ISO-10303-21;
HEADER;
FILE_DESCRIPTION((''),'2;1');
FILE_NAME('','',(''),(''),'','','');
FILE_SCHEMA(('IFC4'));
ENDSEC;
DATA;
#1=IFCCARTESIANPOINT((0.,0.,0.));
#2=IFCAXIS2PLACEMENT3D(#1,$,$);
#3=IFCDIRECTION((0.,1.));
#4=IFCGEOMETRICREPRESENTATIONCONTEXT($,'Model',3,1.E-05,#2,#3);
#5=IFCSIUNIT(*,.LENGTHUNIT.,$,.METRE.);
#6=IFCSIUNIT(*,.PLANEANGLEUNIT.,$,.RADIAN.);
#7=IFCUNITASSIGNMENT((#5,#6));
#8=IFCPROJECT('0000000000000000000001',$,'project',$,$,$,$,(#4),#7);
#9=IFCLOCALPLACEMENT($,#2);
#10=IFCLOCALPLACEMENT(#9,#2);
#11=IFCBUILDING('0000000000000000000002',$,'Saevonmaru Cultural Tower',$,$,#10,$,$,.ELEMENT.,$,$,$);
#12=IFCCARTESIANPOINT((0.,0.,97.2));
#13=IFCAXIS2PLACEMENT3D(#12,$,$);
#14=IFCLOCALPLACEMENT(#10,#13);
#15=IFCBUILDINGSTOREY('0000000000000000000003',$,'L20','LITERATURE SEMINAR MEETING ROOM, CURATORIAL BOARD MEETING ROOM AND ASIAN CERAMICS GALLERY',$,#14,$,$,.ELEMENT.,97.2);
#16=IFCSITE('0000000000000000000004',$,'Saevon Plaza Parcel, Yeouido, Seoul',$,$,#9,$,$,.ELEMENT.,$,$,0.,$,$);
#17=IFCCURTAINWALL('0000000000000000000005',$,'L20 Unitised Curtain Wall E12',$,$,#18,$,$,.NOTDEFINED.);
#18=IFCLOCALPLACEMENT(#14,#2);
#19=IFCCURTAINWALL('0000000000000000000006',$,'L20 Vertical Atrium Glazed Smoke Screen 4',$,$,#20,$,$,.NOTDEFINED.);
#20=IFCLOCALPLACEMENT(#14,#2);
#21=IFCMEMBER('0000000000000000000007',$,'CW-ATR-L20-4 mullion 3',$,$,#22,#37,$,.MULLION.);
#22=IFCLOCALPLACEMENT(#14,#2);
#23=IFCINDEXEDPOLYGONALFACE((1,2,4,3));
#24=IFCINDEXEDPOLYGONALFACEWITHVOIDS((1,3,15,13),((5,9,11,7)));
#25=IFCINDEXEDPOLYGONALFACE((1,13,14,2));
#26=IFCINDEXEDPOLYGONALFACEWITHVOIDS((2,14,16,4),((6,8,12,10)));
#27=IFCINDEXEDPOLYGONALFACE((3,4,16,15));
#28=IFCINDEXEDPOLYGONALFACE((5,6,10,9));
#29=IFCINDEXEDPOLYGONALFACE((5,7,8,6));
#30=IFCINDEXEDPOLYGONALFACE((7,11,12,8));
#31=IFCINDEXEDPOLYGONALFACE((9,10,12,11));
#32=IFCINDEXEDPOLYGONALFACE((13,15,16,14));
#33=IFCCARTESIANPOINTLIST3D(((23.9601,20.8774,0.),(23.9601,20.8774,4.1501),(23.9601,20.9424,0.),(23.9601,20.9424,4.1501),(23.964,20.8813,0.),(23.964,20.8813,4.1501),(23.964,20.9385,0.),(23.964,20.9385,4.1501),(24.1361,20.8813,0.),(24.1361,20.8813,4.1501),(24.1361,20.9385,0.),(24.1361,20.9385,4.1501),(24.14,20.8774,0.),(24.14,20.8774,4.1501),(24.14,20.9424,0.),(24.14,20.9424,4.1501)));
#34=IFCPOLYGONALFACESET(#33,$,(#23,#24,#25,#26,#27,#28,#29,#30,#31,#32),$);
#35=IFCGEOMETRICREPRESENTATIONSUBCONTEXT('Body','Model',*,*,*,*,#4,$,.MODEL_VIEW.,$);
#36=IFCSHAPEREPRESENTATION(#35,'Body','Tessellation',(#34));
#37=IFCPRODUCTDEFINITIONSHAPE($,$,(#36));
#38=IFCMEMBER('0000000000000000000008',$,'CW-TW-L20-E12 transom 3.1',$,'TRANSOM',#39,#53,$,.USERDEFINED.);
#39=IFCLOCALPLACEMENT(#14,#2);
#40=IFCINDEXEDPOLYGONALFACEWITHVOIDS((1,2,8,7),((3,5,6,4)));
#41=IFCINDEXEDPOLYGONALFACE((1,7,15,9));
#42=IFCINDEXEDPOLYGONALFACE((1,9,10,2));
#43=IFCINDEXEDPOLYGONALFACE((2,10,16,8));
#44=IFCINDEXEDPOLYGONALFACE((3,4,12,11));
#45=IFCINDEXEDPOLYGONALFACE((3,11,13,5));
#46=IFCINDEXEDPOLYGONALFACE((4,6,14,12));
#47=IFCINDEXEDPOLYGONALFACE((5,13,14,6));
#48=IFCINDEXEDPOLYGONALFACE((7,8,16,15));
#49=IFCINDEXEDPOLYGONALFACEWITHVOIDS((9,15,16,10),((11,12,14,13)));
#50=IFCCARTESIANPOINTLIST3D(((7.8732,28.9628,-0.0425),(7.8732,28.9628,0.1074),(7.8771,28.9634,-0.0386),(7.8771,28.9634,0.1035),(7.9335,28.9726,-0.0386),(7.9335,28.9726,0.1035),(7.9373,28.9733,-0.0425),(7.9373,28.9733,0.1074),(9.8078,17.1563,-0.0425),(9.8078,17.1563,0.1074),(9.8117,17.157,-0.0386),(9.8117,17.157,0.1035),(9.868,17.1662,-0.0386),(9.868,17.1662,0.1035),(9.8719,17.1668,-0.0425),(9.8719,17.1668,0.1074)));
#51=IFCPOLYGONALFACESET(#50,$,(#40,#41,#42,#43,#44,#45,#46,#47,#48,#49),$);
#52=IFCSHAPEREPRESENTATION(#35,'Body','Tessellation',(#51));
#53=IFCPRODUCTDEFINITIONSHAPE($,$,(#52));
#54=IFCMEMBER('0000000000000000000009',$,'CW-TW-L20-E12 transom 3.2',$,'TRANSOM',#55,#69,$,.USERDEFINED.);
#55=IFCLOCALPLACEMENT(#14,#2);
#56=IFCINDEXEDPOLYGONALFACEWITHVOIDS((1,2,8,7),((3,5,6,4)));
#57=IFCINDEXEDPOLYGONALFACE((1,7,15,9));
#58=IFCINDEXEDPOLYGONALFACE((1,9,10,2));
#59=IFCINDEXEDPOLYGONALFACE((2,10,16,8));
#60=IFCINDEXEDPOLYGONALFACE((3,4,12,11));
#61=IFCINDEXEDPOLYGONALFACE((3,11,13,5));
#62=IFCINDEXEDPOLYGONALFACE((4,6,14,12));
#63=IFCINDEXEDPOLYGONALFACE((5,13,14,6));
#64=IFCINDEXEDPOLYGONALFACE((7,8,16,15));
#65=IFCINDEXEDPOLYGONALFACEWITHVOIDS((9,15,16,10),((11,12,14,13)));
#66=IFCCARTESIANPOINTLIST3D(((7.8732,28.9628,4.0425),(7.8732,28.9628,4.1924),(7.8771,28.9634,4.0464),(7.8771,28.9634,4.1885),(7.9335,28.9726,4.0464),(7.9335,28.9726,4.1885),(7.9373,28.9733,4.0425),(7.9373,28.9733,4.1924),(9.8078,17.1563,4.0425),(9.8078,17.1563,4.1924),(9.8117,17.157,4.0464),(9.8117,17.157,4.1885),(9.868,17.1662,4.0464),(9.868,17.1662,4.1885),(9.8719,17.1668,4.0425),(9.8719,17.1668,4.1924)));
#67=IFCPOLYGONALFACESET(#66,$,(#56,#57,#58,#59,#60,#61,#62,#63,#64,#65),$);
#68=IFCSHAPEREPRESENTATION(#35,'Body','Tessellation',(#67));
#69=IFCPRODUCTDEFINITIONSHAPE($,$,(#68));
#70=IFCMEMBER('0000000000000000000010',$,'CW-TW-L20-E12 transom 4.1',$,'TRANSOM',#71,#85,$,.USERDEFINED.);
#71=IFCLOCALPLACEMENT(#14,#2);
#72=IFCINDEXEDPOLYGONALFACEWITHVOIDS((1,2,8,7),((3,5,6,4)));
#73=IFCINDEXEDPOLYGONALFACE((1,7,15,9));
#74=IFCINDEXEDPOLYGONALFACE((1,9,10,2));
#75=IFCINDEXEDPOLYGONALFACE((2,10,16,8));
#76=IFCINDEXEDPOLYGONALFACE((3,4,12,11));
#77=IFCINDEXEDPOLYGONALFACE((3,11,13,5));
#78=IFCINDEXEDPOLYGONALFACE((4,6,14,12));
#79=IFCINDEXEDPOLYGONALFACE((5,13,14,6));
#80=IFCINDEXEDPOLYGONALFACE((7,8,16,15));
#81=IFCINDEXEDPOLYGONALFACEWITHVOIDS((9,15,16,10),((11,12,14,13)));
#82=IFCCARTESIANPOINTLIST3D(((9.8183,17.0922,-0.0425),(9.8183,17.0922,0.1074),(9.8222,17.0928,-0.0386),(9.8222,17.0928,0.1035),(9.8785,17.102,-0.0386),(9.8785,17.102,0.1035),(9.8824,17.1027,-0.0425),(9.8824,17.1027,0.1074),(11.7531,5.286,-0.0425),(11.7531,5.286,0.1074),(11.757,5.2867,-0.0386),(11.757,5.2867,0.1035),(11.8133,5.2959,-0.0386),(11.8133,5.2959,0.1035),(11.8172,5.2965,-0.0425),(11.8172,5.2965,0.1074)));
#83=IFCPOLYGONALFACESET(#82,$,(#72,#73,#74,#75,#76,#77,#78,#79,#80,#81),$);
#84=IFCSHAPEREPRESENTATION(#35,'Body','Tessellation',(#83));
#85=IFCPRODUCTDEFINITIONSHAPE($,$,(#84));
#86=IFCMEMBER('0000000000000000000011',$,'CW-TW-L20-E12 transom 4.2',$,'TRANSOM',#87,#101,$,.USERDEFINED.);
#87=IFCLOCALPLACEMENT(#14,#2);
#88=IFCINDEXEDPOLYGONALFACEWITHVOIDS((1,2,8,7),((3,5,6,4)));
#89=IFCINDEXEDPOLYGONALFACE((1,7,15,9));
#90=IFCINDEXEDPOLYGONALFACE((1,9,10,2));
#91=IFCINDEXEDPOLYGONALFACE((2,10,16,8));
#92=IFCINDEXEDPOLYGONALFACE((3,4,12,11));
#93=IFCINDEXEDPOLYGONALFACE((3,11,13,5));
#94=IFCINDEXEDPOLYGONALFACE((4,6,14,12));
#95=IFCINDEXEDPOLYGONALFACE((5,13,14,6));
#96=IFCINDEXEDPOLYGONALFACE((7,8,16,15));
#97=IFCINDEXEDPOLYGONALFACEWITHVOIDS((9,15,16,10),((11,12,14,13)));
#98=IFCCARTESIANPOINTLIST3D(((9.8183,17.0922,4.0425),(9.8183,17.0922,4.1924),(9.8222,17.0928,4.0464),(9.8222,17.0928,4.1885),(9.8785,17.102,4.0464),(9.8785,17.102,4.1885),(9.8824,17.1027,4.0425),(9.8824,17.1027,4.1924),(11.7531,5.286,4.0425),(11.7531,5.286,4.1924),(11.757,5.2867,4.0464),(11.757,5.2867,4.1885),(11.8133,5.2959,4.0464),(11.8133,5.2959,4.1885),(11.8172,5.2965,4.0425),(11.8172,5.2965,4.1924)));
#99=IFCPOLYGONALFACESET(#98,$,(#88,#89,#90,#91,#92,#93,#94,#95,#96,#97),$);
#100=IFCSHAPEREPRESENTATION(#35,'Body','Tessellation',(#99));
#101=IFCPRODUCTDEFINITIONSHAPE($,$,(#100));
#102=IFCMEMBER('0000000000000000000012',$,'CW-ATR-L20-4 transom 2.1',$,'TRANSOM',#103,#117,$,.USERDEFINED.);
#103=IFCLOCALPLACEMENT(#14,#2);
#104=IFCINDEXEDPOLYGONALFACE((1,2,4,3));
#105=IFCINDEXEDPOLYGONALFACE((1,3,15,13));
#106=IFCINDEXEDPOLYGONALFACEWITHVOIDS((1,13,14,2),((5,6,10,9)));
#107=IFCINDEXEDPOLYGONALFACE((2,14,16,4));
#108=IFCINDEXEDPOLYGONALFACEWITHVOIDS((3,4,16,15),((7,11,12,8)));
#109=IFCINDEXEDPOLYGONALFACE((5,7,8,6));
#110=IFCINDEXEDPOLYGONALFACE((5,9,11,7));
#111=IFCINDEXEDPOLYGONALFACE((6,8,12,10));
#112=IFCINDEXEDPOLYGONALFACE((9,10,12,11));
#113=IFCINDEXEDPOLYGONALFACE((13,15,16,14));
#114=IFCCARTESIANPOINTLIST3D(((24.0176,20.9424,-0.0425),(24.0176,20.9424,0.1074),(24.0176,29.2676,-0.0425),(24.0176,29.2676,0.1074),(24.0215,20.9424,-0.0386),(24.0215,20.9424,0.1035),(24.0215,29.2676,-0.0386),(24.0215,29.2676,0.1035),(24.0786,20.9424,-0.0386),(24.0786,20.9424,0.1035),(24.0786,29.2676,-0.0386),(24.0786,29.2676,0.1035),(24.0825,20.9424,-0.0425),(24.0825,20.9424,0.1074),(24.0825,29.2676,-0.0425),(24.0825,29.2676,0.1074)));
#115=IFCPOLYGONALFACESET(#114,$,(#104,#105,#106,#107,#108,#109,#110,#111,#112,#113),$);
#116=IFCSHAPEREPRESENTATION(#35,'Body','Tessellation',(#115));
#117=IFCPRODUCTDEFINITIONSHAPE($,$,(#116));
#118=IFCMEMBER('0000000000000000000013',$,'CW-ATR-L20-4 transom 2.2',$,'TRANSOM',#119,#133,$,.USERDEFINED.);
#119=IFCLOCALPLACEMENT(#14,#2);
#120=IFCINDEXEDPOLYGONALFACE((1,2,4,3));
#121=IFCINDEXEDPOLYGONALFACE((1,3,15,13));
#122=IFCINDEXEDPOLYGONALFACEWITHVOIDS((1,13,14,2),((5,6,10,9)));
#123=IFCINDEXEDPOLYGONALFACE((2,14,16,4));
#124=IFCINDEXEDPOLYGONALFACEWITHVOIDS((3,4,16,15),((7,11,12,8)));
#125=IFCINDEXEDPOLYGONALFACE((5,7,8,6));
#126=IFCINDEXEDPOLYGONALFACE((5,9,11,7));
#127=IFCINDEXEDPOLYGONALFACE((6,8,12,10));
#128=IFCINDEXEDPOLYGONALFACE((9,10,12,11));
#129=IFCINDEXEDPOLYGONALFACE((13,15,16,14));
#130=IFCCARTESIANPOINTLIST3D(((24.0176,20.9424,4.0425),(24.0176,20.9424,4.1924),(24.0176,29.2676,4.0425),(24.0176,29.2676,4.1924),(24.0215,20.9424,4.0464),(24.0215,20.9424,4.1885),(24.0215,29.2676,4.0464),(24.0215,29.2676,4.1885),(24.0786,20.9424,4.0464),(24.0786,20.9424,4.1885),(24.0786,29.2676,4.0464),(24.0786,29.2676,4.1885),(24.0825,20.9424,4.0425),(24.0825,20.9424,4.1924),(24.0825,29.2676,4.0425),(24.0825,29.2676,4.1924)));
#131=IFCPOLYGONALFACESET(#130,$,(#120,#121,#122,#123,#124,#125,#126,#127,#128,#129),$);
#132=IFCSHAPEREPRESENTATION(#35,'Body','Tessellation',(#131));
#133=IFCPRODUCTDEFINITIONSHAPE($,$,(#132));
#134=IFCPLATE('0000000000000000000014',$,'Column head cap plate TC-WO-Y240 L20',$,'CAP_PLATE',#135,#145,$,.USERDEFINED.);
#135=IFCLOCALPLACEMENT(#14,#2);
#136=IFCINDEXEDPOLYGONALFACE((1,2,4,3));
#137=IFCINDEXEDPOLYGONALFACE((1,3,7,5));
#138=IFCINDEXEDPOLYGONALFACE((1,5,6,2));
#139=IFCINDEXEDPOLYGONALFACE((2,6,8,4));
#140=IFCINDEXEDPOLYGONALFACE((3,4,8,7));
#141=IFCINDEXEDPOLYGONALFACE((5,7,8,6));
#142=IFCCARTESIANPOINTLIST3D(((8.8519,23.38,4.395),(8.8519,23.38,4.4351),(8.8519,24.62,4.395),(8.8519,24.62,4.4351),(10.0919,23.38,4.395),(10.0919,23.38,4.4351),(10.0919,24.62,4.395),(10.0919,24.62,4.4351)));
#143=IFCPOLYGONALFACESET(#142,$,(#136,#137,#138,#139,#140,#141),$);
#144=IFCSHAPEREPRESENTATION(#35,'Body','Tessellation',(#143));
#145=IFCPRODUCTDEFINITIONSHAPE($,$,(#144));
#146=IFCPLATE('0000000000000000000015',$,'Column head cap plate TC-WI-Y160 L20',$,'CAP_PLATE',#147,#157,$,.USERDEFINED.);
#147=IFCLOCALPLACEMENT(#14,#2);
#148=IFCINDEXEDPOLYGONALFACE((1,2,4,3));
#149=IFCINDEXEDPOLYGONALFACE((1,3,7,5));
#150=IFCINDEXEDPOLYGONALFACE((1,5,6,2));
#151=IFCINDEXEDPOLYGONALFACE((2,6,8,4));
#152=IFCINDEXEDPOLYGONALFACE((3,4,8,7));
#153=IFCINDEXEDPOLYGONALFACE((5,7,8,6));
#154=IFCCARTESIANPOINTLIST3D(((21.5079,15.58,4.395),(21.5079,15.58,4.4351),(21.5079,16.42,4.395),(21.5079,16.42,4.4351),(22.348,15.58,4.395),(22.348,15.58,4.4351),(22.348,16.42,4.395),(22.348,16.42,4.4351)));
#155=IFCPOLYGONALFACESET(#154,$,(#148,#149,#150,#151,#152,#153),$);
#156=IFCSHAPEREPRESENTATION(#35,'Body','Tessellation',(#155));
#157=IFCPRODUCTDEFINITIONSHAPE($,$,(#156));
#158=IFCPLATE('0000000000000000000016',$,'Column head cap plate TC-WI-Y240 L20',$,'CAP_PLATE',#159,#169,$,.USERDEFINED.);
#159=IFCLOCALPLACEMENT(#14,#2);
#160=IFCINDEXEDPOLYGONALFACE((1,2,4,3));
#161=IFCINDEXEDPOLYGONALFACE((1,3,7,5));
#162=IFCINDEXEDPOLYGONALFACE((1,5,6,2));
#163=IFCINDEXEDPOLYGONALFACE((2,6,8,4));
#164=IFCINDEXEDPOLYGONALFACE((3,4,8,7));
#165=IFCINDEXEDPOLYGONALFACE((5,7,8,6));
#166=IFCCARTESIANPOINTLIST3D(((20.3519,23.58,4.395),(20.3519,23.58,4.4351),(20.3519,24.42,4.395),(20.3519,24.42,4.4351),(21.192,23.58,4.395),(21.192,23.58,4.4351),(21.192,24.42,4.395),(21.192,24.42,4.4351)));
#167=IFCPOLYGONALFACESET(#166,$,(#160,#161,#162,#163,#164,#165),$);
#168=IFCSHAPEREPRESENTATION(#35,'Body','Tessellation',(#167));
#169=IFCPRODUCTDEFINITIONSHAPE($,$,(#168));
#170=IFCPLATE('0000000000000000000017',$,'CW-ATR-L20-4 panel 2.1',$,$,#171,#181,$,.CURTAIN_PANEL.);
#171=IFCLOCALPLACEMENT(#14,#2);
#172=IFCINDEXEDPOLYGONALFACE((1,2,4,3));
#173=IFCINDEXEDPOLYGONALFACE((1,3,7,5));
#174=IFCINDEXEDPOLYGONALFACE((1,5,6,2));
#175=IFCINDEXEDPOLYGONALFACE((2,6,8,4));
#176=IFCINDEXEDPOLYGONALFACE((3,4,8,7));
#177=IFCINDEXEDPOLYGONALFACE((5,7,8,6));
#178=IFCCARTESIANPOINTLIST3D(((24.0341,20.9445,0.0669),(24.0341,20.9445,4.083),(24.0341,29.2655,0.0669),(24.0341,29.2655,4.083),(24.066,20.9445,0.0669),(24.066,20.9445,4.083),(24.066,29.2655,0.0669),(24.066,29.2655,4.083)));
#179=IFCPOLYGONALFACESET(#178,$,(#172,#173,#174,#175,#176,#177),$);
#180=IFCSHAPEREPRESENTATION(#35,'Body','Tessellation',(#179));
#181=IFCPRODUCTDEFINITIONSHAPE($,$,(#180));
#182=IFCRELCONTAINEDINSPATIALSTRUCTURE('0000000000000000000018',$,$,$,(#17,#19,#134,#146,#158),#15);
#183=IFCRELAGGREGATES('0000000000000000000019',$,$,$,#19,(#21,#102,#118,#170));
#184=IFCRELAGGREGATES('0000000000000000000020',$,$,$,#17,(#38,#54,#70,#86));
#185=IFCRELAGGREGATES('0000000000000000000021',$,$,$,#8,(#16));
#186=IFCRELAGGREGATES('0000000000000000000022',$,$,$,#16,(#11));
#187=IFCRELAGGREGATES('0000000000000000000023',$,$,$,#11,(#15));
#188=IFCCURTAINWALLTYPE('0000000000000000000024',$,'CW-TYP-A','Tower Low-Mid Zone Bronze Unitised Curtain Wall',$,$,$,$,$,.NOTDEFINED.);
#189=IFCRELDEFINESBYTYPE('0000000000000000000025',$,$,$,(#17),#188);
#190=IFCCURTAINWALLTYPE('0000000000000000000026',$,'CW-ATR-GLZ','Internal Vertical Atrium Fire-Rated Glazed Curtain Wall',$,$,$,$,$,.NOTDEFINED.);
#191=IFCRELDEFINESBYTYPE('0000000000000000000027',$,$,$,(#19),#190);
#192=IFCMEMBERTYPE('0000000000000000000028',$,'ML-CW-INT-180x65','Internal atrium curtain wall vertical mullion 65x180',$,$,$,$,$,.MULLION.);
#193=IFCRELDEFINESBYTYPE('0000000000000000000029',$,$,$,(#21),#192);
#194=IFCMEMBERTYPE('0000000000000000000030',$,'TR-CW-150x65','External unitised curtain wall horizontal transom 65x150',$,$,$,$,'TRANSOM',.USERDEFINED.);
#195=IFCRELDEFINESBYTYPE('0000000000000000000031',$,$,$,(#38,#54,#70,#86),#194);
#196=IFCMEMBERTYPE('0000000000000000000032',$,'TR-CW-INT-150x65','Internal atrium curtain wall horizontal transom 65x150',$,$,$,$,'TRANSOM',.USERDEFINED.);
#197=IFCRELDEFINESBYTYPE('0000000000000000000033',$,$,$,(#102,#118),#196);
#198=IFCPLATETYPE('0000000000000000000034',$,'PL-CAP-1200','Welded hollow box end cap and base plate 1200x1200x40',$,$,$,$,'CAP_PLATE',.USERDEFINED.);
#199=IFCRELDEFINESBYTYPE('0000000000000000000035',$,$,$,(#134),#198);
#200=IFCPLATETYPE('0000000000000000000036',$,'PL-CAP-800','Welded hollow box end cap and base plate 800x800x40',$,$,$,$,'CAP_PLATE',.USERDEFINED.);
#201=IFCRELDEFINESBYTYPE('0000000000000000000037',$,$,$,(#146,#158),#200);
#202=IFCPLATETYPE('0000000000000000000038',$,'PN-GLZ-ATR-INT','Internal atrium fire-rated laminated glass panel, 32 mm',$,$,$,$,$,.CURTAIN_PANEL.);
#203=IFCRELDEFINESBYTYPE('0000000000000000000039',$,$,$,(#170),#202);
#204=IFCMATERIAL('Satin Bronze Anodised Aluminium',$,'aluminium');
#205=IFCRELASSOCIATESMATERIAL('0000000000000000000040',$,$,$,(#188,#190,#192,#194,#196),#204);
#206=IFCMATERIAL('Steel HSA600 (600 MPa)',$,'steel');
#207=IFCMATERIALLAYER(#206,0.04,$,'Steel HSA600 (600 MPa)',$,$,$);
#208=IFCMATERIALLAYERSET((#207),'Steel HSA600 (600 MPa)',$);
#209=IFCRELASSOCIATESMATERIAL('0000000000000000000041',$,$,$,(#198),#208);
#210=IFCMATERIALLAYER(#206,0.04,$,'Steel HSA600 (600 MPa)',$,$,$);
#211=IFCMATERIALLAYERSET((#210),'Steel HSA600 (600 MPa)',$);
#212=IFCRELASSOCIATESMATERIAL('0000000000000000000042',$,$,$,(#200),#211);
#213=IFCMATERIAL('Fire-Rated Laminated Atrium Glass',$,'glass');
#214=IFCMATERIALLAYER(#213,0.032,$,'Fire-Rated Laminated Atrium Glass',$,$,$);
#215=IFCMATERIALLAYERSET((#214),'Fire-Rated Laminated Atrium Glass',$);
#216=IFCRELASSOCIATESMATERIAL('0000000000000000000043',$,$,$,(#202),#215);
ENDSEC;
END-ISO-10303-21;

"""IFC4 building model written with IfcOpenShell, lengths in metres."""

from ifc_helpers import new_model, si_unit, direction, frame, origin, origin_2d, place, context, subcontext, project, spatial, rectangle, hollow_rectangle, extrude, material, layer, layer_set, material_profile, profile_set, type_object, element, aggregate, save


model = new_model("IFC4")

# Units and contexts
model_context = context("Model", 3, precision=1e-05, world=origin(), true_north=direction((0.0, 1.0)))
body_context = subcontext(model_context, "Body", "Model", "MODEL_VIEW")
ifc_project = project(units=[si_unit("LENGTHUNIT", "METRE"), si_unit("PLANEANGLEUNIT", "RADIAN")], contexts=[model_context])

# Site, building, storey
site_placement = place(None, origin())
site = spatial("IfcSite", under=ifc_project, at=site_placement, Name="Saevon Plaza Parcel, Yeouido, Seoul", CompositionType="ELEMENT", RefElevation=0.0)
building_placement = place(site_placement, origin())
building = spatial("IfcBuilding", under=site, at=building_placement, Name="Saevonmaru Cultural Tower", CompositionType="ELEMENT")
storey_placement = place(building_placement, frame((0.0, 0.0, 97.2)))
storey = spatial("IfcBuildingStorey", under=building, at=storey_placement, Name="L20", Description="LITERATURE SEMINAR MEETING ROOM, CURATORIAL BOARD MEETING ROOM AND ASIAN CERAMICS GALLERY", CompositionType="ELEMENT", Elevation=97.2)

# Shared definitions
ifc_material_1 = material(Name="Steel HSA600 (600 MPa)", Category="steel")

# Curtain wall
ifc_material_2 = material(Name="Satin Bronze Anodised Aluminium", Category="aluminium")
curtain_wall_type_1 = type_object("IfcCurtainWallType", Name="CW-TYP-A", Description="Tower Low-Mid Zone Bronze Unitised Curtain Wall", PredefinedType="NOTDEFINED", material=ifc_material_2)
curtain_wall_1_placement = place(storey_placement, origin())
curtain_wall_1 = element("IfcCurtainWall", 1, at=curtain_wall_1_placement, inside=storey, type_object=curtain_wall_type_1, Name="L20 Unitised Curtain Wall E12", PredefinedType="NOTDEFINED")

# Shared definitions
curtain_wall_type_2 = type_object("IfcCurtainWallType", Name="CW-ATR-GLZ", Description="Internal Vertical Atrium Fire-Rated Glazed Curtain Wall", PredefinedType="NOTDEFINED", material=ifc_material_2)
ifc_material_profile_1 = material_profile(ifc_material_2, hollow_rectangle(XDim=0.0649, YDim=0.1799, WallThickness=0.0039, at=origin_2d()), Name="ALU-MULL-180x65x4")
ifc_profile_set_1 = profile_set([ifc_material_profile_1], Name="Satin Bronze Anodised Aluminium")
member_type_1 = type_object("IfcMemberType", Name="ML-CW-INT-180x65", Description="Internal atrium curtain wall vertical mullion 65x180", PredefinedType="MULLION", material=ifc_profile_set_1)

# Curtain wall, member
curtain_wall_2_placement = place(storey_placement, origin())
curtain_wall_2 = element("IfcCurtainWall", 2, at=curtain_wall_2_placement, inside=storey, type_object=curtain_wall_type_2, Name="L20 Vertical Atrium Glazed Smoke Screen 4", PredefinedType="NOTDEFINED")
member_1_placement = place(storey_placement, frame((24.05, 20.9099, 0.0), z_axis=(0.0, 0.0, 1.0), x_axis=(0.0, -1.0, 0.0)))
member_1 = element("IfcMember", 3, at=member_1_placement, type_object=member_type_1, Name="CW-ATR-L20-4 mullion 3", PredefinedType="MULLION", context=body_context, shape_type="SweptSolid", body=[
    extrude(hollow_rectangle(XDim=0.0649, YDim=0.1799, WallThickness=0.0039, at=origin_2d()), origin(), (0.0, 0.0, 1.0), 4.1501),
])

# Members
ifc_material_profile_2 = material_profile(ifc_material_2, hollow_rectangle(XDim=0.0649, YDim=0.1499, WallThickness=0.0039, at=origin_2d()), Name="ALU-TRAN-150x65x4")
ifc_profile_set_2 = profile_set([ifc_material_profile_2], Name="Satin Bronze Anodised Aluminium")
member_type_2 = type_object("IfcMemberType", Name="TR-CW-150x65", Description="External unitised curtain wall horizontal transom 65x150", ElementType="TRANSOM", PredefinedType="USERDEFINED", material=ifc_profile_set_2)
member_2_placement = place(storey_placement, frame((7.9053, 28.968, 0.0325), z_axis=(0.161701, -0.98684, 0.0), x_axis=(0.98684, 0.161701, 0.0)))
member_2 = element("IfcMember", 4, at=member_2_placement, type_object=member_type_2, Name="CW-TW-L20-E12 transom 3.1", ObjectType="TRANSOM", PredefinedType="USERDEFINED", context=body_context, shape_type="SweptSolid", body=[
    extrude(hollow_rectangle(XDim=0.0649, YDim=0.1499, WallThickness=0.0039, at=origin_2d()), origin(), (0.0, 0.0, 1.0), 11.9639),
])
member_3_placement = place(storey_placement, frame((7.9053, 28.968, 4.1174), z_axis=(0.161701, -0.98684, 0.0), x_axis=(0.98684, 0.161701, 0.0)))
member_3 = element("IfcMember", 5, at=member_3_placement, type_object=member_type_2, Name="CW-TW-L20-E12 transom 3.2", ObjectType="TRANSOM", PredefinedType="USERDEFINED", context=body_context, shape_type="SweptSolid", body=[
    extrude(hollow_rectangle(XDim=0.0649, YDim=0.1499, WallThickness=0.0039, at=origin_2d()), origin(), (0.0, 0.0, 1.0), 11.9639),
])
member_4_placement = place(storey_placement, frame((9.8503, 17.0974, 0.0325), z_axis=(0.161725, -0.986836, 0.0), x_axis=(0.986836, 0.161725, 0.0)))
member_4 = element("IfcMember", 6, at=member_4_placement, type_object=member_type_2, Name="CW-TW-L20-E12 transom 4.1", ObjectType="TRANSOM", PredefinedType="USERDEFINED", context=body_context, shape_type="SweptSolid", body=[
    extrude(hollow_rectangle(XDim=0.0649, YDim=0.1499, WallThickness=0.0039, at=origin_2d()), origin(), (0.0, 0.0, 1.0), 11.9636),
])
member_5_placement = place(storey_placement, frame((9.8503, 17.0974, 4.1174), z_axis=(0.161725, -0.986836, 0.0), x_axis=(0.986836, 0.161725, 0.0)))
member_5 = element("IfcMember", 7, at=member_5_placement, type_object=member_type_2, Name="CW-TW-L20-E12 transom 4.2", ObjectType="TRANSOM", PredefinedType="USERDEFINED", context=body_context, shape_type="SweptSolid", body=[
    extrude(hollow_rectangle(XDim=0.0649, YDim=0.1499, WallThickness=0.0039, at=origin_2d()), origin(), (0.0, 0.0, 1.0), 11.9636),
])
ifc_material_profile_3 = material_profile(ifc_material_2, hollow_rectangle(XDim=0.0649, YDim=0.1499, WallThickness=0.0039, at=origin_2d()), Name="ALU-TRAN-150x65x4")
ifc_profile_set_3 = profile_set([ifc_material_profile_3], Name="Satin Bronze Anodised Aluminium")
member_type_3 = type_object("IfcMemberType", Name="TR-CW-INT-150x65", Description="Internal atrium curtain wall horizontal transom 65x150", ElementType="TRANSOM", PredefinedType="USERDEFINED", material=ifc_profile_set_3)
member_6_placement = place(storey_placement, frame((24.05, 29.2676, 0.0325), z_axis=(0.0, -1.0, 0.0), x_axis=(1.0, 0.0, 0.0)))
member_6 = element("IfcMember", 8, at=member_6_placement, type_object=member_type_3, Name="CW-ATR-L20-4 transom 2.1", ObjectType="TRANSOM", PredefinedType="USERDEFINED", context=body_context, shape_type="SweptSolid", body=[
    extrude(hollow_rectangle(XDim=0.0649, YDim=0.1499, WallThickness=0.0039, at=origin_2d()), origin(), (0.0, 0.0, 1.0), 8.3252),
])
member_7_placement = place(storey_placement, frame((24.05, 29.2676, 4.1174), z_axis=(0.0, -1.0, 0.0), x_axis=(1.0, 0.0, 0.0)))
member_7 = element("IfcMember", 9, at=member_7_placement, type_object=member_type_3, Name="CW-ATR-L20-4 transom 2.2", ObjectType="TRANSOM", PredefinedType="USERDEFINED", context=body_context, shape_type="SweptSolid", body=[
    extrude(hollow_rectangle(XDim=0.0649, YDim=0.1499, WallThickness=0.0039, at=origin_2d()), origin(), (0.0, 0.0, 1.0), 8.3252),
])

# Plates
ifc_layer_1 = layer(ifc_material_1, 0.04, Name="Steel HSA600 (600 MPa)")
ifc_layer_set_1 = layer_set([ifc_layer_1], Name="Steel HSA600 (600 MPa)")
plate_type_1 = type_object("IfcPlateType", Name="PL-CAP-1200", Description="Welded hollow box end cap and base plate 1200x1200x40", ElementType="CAP_PLATE", PredefinedType="USERDEFINED", material=ifc_layer_set_1)
plate_1_placement = place(storey_placement, frame((9.4719, 24.0, 4.395), z_axis=(0.0, 0.0, 1.0), x_axis=(1.0, 0.0, 0.0)))
element("IfcPlate", 10, at=plate_1_placement, inside=storey, type_object=plate_type_1, Name="Column head cap plate TC-WO-Y240 L20", ObjectType="CAP_PLATE", PredefinedType="USERDEFINED", context=body_context, shape_type="SweptSolid", body=[
    extrude(rectangle(XDim=1.24, YDim=1.24, at=origin_2d()), origin(), (0.0, 0.0, 1.0), 0.04),
])
ifc_layer_2 = layer(ifc_material_1, 0.04, Name="Steel HSA600 (600 MPa)")
ifc_layer_set_2 = layer_set([ifc_layer_2], Name="Steel HSA600 (600 MPa)")
plate_type_2 = type_object("IfcPlateType", Name="PL-CAP-800", Description="Welded hollow box end cap and base plate 800x800x40", ElementType="CAP_PLATE", PredefinedType="USERDEFINED", material=ifc_layer_set_2)
for number, where, z_axis, x_axis, name in (
    (11, (21.928, 16.0, 4.395), (0.0, 0.0, 1.0), (1.0, 0.0, 0.0), "Column head cap plate TC-WI-Y160 L20"),
    (12, (20.772, 24.0, 4.395), (0.0, 0.0, 1.0), (1.0, 0.0, 0.0), "Column head cap plate TC-WI-Y240 L20"),
):
    element("IfcPlate", number, at=place(storey_placement, frame(where, z_axis=z_axis, x_axis=x_axis)), inside=storey, type_object=plate_type_2, Name=name, ObjectType="CAP_PLATE", PredefinedType="USERDEFINED", context=body_context, shape_type="SweptSolid", body=[
        extrude(rectangle(XDim=0.8401, YDim=0.8401, at=origin_2d()), origin(), (0.0, 0.0, 1.0), 0.04),
    ])

# Plate
ifc_material_3 = material(Name="Fire-Rated Laminated Atrium Glass", Category="glass")
ifc_layer_3 = layer(ifc_material_3, 0.032, Name="Fire-Rated Laminated Atrium Glass")
ifc_layer_set_3 = layer_set([ifc_layer_3], Name="Fire-Rated Laminated Atrium Glass")
plate_type_3 = type_object("IfcPlateType", Name="PN-GLZ-ATR-INT", Description="Internal atrium fire-rated laminated glass panel, 32 mm", PredefinedType="CURTAIN_PANEL", material=ifc_layer_set_3)
plate_2_placement = place(storey_placement, frame((24.05, 25.105, 0.0669), z_axis=(0.0, 0.0, 1.0), x_axis=(0.0, -1.0, 0.0)))
plate_2 = element("IfcPlate", 13, at=plate_2_placement, type_object=plate_type_3, Name="CW-ATR-L20-4 panel 2.1", PredefinedType="CURTAIN_PANEL", context=body_context, shape_type="SweptSolid", body=[
    extrude(rectangle(XDim=8.321, YDim=0.032, at=origin_2d()), origin(), (0.0, 0.0, 1.0), 4.0161),
])
aggregate(curtain_wall_2, [member_1, member_6, member_7, plate_2])
aggregate(curtain_wall_1, [member_2, member_3, member_4, member_5])

save(model, "model.ifc")
